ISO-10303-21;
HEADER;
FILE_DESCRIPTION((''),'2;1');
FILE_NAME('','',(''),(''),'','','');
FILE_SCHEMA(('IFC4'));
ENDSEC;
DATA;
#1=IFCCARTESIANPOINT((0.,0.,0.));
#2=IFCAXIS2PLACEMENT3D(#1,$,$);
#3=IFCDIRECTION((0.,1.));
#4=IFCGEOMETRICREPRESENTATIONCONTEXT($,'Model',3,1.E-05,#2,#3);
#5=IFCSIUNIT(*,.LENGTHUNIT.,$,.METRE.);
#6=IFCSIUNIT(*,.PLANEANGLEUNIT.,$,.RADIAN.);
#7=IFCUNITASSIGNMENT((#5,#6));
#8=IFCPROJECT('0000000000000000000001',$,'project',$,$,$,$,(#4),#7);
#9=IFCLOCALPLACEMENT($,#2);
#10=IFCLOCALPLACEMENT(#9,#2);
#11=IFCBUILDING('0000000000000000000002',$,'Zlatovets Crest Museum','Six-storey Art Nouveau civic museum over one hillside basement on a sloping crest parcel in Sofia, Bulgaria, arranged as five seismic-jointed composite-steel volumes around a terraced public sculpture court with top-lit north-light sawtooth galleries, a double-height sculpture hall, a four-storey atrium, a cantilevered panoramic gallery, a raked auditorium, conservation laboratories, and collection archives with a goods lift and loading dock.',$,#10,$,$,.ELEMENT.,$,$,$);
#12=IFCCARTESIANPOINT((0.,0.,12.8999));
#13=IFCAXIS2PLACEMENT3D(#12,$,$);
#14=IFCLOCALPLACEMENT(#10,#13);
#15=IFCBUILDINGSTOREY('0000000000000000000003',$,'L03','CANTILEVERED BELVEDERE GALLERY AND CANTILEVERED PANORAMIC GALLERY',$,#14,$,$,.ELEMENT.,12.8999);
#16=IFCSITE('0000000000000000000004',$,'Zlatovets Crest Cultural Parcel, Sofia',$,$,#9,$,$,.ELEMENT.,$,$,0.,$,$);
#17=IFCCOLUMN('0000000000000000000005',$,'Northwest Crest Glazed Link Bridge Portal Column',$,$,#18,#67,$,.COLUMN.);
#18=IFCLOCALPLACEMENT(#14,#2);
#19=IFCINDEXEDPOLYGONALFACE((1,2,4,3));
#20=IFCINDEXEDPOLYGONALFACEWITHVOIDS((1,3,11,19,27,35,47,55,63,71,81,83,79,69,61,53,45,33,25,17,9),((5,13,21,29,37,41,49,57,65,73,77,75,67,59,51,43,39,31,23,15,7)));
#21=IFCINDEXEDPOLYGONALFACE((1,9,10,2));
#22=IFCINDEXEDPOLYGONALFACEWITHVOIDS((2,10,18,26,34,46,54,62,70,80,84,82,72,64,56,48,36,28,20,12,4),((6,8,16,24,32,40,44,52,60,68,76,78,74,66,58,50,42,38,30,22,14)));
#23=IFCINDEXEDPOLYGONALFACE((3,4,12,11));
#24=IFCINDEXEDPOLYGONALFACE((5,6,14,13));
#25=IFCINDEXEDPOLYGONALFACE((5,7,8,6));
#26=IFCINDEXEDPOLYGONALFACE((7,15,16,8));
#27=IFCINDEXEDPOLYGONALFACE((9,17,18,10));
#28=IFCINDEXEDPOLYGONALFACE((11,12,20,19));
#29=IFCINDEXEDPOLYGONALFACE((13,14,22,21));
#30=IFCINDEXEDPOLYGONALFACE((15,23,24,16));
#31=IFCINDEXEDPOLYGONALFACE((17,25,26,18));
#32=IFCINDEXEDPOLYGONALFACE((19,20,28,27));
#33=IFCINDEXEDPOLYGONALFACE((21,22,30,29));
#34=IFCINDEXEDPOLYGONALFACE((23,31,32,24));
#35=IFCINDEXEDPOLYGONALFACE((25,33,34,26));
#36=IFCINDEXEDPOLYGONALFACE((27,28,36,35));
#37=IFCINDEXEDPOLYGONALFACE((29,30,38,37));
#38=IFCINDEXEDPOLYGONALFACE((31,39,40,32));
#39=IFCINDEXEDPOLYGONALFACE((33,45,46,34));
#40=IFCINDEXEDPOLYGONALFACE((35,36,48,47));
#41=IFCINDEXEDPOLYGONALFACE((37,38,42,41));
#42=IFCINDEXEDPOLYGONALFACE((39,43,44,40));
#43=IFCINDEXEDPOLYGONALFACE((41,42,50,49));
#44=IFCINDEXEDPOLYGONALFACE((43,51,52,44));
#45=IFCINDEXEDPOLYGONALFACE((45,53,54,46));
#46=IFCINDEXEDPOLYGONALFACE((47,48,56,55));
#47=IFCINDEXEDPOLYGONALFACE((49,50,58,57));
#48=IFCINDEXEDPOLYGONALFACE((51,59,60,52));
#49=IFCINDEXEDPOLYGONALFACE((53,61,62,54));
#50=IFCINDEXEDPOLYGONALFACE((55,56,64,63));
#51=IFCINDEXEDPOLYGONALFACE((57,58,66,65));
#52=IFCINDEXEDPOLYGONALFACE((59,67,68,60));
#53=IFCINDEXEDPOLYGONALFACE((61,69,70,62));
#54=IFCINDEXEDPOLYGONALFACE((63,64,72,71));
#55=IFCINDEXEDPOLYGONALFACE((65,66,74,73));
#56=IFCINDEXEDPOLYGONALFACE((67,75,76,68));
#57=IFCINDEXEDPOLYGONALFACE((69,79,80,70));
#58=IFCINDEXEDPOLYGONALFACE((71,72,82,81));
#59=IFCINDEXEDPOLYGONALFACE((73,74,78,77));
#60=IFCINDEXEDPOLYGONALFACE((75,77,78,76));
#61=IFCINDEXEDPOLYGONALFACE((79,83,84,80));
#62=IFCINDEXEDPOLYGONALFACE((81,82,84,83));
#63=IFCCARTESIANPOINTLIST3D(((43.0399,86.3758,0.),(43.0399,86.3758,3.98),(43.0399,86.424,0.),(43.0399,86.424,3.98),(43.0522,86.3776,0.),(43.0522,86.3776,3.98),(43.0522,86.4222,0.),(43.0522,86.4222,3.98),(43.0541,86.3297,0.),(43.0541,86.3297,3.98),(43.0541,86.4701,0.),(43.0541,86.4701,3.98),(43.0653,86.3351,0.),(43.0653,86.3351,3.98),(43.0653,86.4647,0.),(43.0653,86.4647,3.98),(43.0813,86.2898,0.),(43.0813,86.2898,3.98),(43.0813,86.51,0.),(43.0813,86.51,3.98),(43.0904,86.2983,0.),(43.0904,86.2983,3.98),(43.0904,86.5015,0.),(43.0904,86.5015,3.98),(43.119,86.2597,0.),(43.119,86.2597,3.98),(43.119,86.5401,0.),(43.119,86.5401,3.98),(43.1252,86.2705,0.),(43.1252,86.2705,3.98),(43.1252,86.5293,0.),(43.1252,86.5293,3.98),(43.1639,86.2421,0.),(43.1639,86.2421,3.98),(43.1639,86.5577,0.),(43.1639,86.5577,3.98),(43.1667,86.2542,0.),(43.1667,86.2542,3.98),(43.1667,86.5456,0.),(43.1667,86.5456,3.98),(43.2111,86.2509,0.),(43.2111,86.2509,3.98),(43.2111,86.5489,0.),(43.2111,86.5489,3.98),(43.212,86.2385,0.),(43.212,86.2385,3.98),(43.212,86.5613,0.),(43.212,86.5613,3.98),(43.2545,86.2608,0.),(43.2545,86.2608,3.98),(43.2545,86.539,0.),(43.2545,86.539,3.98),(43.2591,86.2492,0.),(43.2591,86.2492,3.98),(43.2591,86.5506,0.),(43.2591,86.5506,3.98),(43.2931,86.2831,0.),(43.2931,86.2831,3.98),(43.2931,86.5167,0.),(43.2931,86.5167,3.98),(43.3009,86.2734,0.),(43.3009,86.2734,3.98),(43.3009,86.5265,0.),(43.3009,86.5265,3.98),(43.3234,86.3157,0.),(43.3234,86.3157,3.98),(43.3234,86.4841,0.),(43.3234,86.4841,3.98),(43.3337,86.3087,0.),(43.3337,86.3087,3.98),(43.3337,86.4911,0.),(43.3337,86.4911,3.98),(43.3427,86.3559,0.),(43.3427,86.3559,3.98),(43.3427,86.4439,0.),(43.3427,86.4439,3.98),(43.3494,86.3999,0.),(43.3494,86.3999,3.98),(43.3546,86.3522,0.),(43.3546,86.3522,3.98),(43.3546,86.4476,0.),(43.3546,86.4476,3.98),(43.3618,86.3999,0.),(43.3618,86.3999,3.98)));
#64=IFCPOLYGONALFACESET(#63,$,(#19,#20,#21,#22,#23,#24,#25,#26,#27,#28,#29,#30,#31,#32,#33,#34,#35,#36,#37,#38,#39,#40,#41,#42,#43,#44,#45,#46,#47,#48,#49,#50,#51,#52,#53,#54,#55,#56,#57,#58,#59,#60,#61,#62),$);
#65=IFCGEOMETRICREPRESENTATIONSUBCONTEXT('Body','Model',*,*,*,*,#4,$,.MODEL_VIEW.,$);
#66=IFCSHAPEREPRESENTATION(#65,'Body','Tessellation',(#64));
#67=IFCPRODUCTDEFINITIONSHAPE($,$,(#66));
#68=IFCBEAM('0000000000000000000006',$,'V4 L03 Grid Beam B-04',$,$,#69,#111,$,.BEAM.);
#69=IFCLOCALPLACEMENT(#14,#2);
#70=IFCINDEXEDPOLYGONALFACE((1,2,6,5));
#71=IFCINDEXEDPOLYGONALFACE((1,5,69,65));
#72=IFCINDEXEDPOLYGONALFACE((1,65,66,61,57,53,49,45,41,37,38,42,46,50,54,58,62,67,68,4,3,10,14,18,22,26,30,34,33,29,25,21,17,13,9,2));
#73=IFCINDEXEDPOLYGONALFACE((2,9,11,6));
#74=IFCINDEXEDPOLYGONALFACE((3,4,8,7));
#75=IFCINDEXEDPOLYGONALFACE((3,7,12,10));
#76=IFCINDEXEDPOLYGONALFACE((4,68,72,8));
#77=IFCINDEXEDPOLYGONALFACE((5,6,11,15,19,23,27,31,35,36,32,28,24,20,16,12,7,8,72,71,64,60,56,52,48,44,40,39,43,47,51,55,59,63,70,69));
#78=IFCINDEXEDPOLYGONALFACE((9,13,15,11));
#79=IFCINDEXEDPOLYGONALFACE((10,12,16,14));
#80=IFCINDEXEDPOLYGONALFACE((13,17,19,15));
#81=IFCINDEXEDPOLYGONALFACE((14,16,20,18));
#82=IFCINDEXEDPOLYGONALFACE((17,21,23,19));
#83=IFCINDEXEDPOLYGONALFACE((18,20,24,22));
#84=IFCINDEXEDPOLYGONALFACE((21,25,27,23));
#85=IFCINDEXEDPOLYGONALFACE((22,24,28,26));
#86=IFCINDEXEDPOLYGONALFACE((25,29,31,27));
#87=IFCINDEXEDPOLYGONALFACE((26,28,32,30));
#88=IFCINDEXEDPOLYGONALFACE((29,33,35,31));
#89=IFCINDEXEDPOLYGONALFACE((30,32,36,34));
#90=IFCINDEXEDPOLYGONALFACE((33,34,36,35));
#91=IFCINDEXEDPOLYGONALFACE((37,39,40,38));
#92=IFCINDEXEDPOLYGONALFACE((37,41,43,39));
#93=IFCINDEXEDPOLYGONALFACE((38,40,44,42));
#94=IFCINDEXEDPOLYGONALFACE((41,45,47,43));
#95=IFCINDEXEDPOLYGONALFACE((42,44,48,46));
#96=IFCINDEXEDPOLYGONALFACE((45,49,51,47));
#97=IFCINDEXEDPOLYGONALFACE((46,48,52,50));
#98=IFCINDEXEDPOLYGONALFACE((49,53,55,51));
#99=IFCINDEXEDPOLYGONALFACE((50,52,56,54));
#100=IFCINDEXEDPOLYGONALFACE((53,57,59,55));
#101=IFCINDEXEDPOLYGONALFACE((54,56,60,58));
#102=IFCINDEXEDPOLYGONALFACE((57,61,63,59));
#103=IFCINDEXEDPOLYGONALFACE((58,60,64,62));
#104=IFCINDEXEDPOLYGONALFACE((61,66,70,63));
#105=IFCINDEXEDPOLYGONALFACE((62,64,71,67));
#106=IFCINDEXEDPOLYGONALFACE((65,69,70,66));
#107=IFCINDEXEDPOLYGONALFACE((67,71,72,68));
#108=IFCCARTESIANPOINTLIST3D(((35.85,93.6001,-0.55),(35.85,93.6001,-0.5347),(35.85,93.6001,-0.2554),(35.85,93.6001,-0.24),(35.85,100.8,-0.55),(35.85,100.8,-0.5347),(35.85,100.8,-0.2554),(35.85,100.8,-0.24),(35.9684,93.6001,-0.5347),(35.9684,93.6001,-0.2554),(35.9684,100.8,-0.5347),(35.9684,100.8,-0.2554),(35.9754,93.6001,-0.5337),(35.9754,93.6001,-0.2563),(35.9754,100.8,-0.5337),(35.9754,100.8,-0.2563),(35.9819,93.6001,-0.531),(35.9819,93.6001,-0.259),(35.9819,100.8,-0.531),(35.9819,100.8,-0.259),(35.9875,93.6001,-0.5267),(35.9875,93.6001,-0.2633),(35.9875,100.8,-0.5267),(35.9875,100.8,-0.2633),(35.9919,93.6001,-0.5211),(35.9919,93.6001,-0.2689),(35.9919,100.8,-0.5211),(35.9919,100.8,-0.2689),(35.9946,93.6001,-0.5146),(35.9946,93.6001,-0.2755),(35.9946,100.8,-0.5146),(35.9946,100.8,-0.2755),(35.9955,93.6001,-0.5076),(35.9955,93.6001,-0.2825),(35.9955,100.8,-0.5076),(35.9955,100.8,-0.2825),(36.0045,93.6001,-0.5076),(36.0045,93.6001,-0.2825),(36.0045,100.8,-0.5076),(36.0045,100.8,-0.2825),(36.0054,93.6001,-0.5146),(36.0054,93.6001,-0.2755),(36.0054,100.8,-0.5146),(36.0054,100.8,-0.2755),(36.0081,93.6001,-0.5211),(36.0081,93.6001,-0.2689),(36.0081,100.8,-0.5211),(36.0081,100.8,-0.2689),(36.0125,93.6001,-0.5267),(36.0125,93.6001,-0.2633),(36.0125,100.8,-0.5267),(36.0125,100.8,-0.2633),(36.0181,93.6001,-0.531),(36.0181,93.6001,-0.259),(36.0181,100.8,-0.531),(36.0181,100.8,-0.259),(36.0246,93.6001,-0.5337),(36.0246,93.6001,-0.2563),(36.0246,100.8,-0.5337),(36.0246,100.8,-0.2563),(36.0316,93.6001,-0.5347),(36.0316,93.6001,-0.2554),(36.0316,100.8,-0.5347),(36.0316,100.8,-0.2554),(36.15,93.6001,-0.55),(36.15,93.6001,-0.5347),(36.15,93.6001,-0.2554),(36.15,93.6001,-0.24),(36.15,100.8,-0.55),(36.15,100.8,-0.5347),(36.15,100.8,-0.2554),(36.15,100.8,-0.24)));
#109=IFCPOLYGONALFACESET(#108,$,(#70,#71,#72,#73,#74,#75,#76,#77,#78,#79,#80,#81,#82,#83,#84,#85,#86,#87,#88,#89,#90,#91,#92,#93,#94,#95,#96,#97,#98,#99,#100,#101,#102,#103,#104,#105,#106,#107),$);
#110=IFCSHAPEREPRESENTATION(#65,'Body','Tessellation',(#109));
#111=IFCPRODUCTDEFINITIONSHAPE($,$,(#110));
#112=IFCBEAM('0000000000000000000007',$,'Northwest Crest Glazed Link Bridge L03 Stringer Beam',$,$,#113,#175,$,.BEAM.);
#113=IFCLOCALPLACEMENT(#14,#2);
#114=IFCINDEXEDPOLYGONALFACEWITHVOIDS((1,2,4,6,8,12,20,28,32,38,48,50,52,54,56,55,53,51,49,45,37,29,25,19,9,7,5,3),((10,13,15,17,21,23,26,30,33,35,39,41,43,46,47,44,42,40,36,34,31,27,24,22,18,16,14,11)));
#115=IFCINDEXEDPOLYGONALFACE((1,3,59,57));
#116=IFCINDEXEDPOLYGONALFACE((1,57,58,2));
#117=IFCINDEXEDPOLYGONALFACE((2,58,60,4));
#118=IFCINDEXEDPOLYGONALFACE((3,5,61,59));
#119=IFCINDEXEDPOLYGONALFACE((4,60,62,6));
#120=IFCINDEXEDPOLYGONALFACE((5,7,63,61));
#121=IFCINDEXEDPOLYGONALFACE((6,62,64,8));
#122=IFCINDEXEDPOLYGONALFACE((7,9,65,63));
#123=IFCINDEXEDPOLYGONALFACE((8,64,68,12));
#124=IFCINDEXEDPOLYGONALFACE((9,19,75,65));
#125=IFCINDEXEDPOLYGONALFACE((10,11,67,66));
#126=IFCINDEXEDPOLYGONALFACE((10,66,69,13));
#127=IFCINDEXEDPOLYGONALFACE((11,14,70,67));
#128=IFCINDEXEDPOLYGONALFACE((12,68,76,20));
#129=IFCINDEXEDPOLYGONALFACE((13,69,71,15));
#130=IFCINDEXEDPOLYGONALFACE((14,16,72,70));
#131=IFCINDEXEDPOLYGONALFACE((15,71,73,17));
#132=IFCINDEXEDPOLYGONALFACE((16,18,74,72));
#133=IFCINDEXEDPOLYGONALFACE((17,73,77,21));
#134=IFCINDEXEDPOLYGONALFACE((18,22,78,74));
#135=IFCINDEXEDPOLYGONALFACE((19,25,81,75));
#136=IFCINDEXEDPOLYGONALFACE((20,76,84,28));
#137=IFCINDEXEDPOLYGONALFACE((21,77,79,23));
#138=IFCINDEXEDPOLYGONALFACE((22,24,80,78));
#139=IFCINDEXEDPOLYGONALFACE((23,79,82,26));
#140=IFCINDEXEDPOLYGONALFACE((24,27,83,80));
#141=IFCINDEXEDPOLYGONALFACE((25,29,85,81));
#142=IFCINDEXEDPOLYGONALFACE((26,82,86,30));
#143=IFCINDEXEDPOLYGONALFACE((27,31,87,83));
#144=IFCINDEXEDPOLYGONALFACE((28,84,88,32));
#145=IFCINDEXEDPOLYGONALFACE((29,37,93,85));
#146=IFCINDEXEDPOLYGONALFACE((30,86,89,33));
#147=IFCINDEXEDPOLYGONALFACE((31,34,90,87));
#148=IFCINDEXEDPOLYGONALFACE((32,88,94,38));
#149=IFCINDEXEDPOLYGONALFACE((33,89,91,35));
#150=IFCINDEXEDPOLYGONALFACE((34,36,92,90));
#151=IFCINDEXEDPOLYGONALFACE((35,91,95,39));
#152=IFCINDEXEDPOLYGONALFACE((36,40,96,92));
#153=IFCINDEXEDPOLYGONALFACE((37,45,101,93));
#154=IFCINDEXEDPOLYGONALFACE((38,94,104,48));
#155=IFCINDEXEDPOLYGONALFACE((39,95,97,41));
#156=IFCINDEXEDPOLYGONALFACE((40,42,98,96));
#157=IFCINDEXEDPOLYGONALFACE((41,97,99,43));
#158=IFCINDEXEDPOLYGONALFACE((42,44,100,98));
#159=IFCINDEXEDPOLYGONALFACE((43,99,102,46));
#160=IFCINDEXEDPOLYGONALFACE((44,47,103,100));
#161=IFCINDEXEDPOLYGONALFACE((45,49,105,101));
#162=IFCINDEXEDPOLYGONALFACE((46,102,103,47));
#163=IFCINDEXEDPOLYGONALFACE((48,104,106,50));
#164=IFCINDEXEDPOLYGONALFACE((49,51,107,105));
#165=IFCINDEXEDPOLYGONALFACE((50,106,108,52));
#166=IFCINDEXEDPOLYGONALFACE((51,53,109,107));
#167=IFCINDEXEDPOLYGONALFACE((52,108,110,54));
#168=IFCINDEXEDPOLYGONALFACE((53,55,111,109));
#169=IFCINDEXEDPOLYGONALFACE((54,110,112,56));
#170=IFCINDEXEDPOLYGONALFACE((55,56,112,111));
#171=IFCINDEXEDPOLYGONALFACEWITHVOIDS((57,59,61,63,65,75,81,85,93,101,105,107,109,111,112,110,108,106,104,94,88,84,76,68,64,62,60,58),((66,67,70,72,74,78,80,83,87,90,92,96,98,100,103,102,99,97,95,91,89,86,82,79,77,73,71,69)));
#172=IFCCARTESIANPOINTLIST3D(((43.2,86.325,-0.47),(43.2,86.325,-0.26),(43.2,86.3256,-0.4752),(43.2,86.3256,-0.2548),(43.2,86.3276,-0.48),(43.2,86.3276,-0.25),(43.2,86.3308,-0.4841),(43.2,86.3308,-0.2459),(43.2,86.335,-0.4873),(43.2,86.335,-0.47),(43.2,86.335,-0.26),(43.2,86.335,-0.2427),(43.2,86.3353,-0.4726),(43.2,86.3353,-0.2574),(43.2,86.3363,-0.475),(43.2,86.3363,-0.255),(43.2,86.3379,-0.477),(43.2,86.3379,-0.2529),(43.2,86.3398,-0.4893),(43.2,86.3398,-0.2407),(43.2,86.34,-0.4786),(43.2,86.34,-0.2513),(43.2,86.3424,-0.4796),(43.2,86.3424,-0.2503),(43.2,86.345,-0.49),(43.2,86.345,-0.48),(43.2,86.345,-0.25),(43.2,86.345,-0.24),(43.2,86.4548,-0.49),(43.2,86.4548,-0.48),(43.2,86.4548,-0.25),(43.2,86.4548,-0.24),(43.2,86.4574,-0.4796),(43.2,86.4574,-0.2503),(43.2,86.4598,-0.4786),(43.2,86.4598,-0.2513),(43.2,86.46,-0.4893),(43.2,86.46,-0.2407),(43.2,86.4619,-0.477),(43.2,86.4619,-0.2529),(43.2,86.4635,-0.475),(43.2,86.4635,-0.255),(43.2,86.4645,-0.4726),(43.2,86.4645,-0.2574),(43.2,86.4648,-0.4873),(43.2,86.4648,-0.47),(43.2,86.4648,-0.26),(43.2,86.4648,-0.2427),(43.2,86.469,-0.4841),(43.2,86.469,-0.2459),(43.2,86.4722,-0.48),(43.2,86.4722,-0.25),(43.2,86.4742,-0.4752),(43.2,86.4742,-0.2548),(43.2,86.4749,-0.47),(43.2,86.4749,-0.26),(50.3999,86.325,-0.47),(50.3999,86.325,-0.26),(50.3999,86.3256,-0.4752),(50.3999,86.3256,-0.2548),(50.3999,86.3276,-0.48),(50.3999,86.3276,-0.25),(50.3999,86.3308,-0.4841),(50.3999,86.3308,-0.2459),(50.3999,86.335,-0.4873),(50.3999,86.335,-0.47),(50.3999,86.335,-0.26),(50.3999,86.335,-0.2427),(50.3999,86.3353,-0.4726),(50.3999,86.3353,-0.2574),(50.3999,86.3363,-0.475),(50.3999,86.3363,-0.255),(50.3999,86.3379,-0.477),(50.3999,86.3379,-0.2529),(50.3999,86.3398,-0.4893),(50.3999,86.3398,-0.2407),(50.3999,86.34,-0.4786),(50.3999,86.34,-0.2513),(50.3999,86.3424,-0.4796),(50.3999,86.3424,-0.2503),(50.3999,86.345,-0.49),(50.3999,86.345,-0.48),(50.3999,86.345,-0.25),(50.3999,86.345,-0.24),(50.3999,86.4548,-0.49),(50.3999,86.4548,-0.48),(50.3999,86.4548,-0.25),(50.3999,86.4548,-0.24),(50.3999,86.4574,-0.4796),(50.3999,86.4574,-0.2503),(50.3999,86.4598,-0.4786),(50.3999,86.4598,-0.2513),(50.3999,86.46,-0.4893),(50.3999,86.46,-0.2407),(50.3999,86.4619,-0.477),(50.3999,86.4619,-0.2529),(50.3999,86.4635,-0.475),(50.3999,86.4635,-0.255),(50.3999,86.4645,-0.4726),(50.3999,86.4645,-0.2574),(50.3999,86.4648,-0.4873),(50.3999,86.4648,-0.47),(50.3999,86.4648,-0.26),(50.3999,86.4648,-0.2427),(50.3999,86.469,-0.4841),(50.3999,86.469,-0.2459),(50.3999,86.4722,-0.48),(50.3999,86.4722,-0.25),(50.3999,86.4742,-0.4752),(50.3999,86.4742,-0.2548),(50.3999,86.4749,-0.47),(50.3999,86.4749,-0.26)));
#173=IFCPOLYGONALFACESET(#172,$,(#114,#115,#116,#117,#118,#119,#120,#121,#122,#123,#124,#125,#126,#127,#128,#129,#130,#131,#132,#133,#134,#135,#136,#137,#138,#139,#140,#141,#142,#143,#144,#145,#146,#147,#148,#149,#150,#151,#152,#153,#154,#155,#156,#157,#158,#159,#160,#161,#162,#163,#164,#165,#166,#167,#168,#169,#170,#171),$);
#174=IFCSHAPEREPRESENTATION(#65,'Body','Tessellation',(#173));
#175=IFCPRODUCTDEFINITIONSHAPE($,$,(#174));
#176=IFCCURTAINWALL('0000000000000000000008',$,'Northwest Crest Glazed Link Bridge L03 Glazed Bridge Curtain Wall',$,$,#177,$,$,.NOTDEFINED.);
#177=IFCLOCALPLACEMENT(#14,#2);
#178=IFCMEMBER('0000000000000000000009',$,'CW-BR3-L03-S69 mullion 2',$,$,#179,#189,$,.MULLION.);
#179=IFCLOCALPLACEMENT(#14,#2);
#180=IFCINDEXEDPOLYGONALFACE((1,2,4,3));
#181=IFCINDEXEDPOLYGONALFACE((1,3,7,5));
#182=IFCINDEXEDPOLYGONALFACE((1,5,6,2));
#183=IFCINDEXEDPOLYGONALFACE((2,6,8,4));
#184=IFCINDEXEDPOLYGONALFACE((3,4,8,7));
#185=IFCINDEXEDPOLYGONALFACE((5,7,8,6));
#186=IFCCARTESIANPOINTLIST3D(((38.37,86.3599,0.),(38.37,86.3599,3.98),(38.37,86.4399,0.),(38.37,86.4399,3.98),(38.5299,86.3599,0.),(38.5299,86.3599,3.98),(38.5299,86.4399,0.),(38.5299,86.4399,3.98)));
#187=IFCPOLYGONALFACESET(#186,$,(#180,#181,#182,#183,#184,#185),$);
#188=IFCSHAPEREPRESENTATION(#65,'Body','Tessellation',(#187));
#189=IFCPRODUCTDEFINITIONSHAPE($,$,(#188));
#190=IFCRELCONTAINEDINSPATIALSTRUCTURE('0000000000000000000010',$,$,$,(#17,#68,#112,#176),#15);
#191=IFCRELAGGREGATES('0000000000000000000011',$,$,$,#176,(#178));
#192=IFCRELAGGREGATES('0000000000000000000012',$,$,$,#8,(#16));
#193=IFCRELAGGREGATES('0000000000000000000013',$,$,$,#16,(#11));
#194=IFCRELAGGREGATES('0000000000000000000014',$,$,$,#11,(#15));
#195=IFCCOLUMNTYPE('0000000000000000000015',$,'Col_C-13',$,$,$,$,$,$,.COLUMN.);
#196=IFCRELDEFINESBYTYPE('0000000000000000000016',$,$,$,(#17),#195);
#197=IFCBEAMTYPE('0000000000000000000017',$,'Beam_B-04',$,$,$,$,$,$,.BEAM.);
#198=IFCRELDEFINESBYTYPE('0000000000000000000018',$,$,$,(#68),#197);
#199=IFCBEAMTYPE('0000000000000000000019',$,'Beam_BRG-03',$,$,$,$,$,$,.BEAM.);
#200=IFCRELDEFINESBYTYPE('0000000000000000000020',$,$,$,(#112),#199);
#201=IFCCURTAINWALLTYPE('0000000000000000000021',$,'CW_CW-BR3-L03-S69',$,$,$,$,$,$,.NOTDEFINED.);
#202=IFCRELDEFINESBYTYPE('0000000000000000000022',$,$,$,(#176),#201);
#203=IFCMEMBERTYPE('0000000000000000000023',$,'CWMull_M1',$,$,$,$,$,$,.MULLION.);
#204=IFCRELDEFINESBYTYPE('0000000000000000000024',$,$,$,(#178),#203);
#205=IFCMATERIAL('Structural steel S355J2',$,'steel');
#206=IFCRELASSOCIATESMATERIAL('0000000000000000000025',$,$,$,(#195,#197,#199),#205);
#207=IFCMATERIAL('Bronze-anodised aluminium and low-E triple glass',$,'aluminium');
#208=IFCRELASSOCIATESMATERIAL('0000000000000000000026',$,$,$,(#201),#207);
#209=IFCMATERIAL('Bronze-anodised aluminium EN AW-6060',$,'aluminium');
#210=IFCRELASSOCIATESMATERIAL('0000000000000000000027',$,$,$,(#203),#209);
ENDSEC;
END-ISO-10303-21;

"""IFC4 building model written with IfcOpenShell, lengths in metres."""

from ifc_helpers import new_model, si_unit, direction, frame, origin, origin_2d, place, context, subcontext, project, spatial, rectangle, hollow_rectangle, hollow_circle, i_section, extrude, material, material_profile, profile_set, type_object, element, aggregate, save


model = new_model("IFC4")

# Units and contexts
model_context = context("Model", 3, precision=1e-05, world=origin(), true_north=direction((0.0, 1.0)))
body_context = subcontext(model_context, "Body", "Model", "MODEL_VIEW")
ifc_project = project(units=[si_unit("LENGTHUNIT", "METRE"), si_unit("PLANEANGLEUNIT", "RADIAN")], contexts=[model_context])

# Site, building, storey
site_placement = place(None, origin())
site = spatial("IfcSite", under=ifc_project, at=site_placement, Name="Zlatovets Crest Cultural Parcel, Sofia", CompositionType="ELEMENT", RefElevation=0.0)
building_placement = place(site_placement, origin())
building = spatial("IfcBuilding", under=site, at=building_placement, Name="Zlatovets Crest Museum", Description="Six-storey Art Nouveau civic museum over one hillside basement on a sloping crest parcel in Sofia, Bulgaria, arranged as five seismic-jointed composite-steel volumes around a terraced public sculpture court with top-lit north-light sawtooth galleries, a double-height sculpture hall, a four-storey atrium, a cantilevered panoramic gallery, a raked auditorium, conservation laboratories, and collection archives with a goods lift and loading dock.", CompositionType="ELEMENT")
storey_placement = place(building_placement, frame((0.0, 0.0, 12.8999)))
storey = spatial("IfcBuildingStorey", under=building, at=storey_placement, Name="L03", Description="CANTILEVERED BELVEDERE GALLERY AND CANTILEVERED PANORAMIC GALLERY", CompositionType="ELEMENT", Elevation=12.8999)

# Column
ifc_material_1 = material(Name="Structural steel S355J2", Category="steel")
ifc_material_profile_1 = material_profile(ifc_material_1, hollow_circle(Radius=0.1619, WallThickness=0.0125, at=origin_2d()), Name="CHS 323.9x12.5")
ifc_profile_set_1 = profile_set([ifc_material_profile_1], Name="Structural steel S355J2")
column_type = type_object("IfcColumnType", Name="Col_C-13", PredefinedType="COLUMN", material=ifc_profile_set_1)
column_placement = place(storey_placement, frame((43.2, 86.3999, 0.0), z_axis=(0.0, 0.0, 1.0), x_axis=(1.0, 0.0, 0.0)))
element("IfcColumn", 1, at=column_placement, inside=storey, type_object=column_type, Name="Northwest Crest Glazed Link Bridge Portal Column", PredefinedType="COLUMN", context=body_context, shape_type="SweptSolid", body=[
    extrude(hollow_circle(Radius=0.1619, WallThickness=0.0125, at=origin_2d()), origin(), (0.0, 0.0, 1.0), 3.98),
])

# Beams
ifc_material_profile_2 = material_profile(ifc_material_1, i_section(OverallWidth=0.3, OverallDepth=0.3101, WebThickness=0.009, FlangeThickness=0.0154, FilletRadius=0.0271, at=origin_2d()), Name="HEA 320")
ifc_profile_set_2 = profile_set([ifc_material_profile_2], Name="Structural steel S355J2")
beam_type_1 = type_object("IfcBeamType", Name="Beam_B-04", PredefinedType="BEAM", material=ifc_profile_set_2)
beam_1_placement = place(storey_placement, frame((36.0, 93.6001, -0.395), z_axis=(0.0, 1.0, 0.0), x_axis=(-1.0, 0.0, 0.0)))
element("IfcBeam", 2, at=beam_1_placement, inside=storey, type_object=beam_type_1, Name="V4 L03 Grid Beam B-04", PredefinedType="BEAM", context=body_context, shape_type="SweptSolid", body=[
    extrude(i_section(OverallWidth=0.3, OverallDepth=0.3101, WebThickness=0.009, FlangeThickness=0.0154, FilletRadius=0.0271, at=origin_2d()), origin(), (0.0, 0.0, 1.0), 7.2),
])
ifc_material_profile_3 = material_profile(ifc_material_1, hollow_rectangle(XDim=0.1499, YDim=0.25, WallThickness=0.01, InnerFilletRadius=0.01, OuterFilletRadius=0.02, at=origin_2d()), Name="RHS 150x250x10.0")
ifc_profile_set_3 = profile_set([ifc_material_profile_3], Name="Structural steel S355J2")
beam_type_2 = type_object("IfcBeamType", Name="Beam_BRG-03", PredefinedType="BEAM", material=ifc_profile_set_3)
beam_2_placement = place(storey_placement, frame((43.2, 86.3999, -0.365), z_axis=(1.0, 0.0, 0.0), x_axis=(0.0, 1.0, 0.0)))
element("IfcBeam", 3, at=beam_2_placement, inside=storey, type_object=beam_type_2, Name="Northwest Crest Glazed Link Bridge L03 Stringer Beam", PredefinedType="BEAM", context=body_context, shape_type="SweptSolid", body=[
    extrude(hollow_rectangle(XDim=0.1499, YDim=0.25, WallThickness=0.01, InnerFilletRadius=0.01, OuterFilletRadius=0.02, at=origin_2d()), origin(), (0.0, 0.0, 1.0), 7.2),
])

# Curtain wall, member
ifc_material_2 = material(Name="Bronze-anodised aluminium and low-E triple glass", Category="aluminium")
curtain_wall_type = type_object("IfcCurtainWallType", Name="CW_CW-BR3-L03-S69", PredefinedType="NOTDEFINED", material=ifc_material_2)
curtain_wall_placement = place(storey_placement, origin())
curtain_wall = element("IfcCurtainWall", 4, at=curtain_wall_placement, inside=storey, type_object=curtain_wall_type, Name="Northwest Crest Glazed Link Bridge L03 Glazed Bridge Curtain Wall", PredefinedType="NOTDEFINED")
ifc_material_3 = material(Name="Bronze-anodised aluminium EN AW-6060", Category="aluminium")
ifc_material_profile_4 = material_profile(ifc_material_3, rectangle(XDim=0.0801, YDim=0.1599, at=origin_2d()), Name="ALU 80x160")
ifc_profile_set_4 = profile_set([ifc_material_profile_4], Name="Bronze-anodised aluminium EN AW-6060")
member_type_1 = type_object("IfcMemberType", Name="CWMull_M1", PredefinedType="MULLION", material=ifc_profile_set_4)
member_1_placement = place(storey_placement, frame((38.45, 86.3999, 0.0), z_axis=(0.0, 0.0, 1.0), x_axis=(0.0, 1.0, 0.0)))
member_1 = element("IfcMember", 5, at=member_1_placement, type_object=member_type_1, Name="CW-BR3-L03-S69 mullion 2", PredefinedType="MULLION", context=body_context, shape_type="SweptSolid", body=[
    extrude(rectangle(XDim=0.0801, YDim=0.1599, at=origin_2d()), origin(), (0.0, 0.0, 1.0), 3.98),
])
aggregate(curtain_wall, [member_1])

save(model, "model.ifc")
